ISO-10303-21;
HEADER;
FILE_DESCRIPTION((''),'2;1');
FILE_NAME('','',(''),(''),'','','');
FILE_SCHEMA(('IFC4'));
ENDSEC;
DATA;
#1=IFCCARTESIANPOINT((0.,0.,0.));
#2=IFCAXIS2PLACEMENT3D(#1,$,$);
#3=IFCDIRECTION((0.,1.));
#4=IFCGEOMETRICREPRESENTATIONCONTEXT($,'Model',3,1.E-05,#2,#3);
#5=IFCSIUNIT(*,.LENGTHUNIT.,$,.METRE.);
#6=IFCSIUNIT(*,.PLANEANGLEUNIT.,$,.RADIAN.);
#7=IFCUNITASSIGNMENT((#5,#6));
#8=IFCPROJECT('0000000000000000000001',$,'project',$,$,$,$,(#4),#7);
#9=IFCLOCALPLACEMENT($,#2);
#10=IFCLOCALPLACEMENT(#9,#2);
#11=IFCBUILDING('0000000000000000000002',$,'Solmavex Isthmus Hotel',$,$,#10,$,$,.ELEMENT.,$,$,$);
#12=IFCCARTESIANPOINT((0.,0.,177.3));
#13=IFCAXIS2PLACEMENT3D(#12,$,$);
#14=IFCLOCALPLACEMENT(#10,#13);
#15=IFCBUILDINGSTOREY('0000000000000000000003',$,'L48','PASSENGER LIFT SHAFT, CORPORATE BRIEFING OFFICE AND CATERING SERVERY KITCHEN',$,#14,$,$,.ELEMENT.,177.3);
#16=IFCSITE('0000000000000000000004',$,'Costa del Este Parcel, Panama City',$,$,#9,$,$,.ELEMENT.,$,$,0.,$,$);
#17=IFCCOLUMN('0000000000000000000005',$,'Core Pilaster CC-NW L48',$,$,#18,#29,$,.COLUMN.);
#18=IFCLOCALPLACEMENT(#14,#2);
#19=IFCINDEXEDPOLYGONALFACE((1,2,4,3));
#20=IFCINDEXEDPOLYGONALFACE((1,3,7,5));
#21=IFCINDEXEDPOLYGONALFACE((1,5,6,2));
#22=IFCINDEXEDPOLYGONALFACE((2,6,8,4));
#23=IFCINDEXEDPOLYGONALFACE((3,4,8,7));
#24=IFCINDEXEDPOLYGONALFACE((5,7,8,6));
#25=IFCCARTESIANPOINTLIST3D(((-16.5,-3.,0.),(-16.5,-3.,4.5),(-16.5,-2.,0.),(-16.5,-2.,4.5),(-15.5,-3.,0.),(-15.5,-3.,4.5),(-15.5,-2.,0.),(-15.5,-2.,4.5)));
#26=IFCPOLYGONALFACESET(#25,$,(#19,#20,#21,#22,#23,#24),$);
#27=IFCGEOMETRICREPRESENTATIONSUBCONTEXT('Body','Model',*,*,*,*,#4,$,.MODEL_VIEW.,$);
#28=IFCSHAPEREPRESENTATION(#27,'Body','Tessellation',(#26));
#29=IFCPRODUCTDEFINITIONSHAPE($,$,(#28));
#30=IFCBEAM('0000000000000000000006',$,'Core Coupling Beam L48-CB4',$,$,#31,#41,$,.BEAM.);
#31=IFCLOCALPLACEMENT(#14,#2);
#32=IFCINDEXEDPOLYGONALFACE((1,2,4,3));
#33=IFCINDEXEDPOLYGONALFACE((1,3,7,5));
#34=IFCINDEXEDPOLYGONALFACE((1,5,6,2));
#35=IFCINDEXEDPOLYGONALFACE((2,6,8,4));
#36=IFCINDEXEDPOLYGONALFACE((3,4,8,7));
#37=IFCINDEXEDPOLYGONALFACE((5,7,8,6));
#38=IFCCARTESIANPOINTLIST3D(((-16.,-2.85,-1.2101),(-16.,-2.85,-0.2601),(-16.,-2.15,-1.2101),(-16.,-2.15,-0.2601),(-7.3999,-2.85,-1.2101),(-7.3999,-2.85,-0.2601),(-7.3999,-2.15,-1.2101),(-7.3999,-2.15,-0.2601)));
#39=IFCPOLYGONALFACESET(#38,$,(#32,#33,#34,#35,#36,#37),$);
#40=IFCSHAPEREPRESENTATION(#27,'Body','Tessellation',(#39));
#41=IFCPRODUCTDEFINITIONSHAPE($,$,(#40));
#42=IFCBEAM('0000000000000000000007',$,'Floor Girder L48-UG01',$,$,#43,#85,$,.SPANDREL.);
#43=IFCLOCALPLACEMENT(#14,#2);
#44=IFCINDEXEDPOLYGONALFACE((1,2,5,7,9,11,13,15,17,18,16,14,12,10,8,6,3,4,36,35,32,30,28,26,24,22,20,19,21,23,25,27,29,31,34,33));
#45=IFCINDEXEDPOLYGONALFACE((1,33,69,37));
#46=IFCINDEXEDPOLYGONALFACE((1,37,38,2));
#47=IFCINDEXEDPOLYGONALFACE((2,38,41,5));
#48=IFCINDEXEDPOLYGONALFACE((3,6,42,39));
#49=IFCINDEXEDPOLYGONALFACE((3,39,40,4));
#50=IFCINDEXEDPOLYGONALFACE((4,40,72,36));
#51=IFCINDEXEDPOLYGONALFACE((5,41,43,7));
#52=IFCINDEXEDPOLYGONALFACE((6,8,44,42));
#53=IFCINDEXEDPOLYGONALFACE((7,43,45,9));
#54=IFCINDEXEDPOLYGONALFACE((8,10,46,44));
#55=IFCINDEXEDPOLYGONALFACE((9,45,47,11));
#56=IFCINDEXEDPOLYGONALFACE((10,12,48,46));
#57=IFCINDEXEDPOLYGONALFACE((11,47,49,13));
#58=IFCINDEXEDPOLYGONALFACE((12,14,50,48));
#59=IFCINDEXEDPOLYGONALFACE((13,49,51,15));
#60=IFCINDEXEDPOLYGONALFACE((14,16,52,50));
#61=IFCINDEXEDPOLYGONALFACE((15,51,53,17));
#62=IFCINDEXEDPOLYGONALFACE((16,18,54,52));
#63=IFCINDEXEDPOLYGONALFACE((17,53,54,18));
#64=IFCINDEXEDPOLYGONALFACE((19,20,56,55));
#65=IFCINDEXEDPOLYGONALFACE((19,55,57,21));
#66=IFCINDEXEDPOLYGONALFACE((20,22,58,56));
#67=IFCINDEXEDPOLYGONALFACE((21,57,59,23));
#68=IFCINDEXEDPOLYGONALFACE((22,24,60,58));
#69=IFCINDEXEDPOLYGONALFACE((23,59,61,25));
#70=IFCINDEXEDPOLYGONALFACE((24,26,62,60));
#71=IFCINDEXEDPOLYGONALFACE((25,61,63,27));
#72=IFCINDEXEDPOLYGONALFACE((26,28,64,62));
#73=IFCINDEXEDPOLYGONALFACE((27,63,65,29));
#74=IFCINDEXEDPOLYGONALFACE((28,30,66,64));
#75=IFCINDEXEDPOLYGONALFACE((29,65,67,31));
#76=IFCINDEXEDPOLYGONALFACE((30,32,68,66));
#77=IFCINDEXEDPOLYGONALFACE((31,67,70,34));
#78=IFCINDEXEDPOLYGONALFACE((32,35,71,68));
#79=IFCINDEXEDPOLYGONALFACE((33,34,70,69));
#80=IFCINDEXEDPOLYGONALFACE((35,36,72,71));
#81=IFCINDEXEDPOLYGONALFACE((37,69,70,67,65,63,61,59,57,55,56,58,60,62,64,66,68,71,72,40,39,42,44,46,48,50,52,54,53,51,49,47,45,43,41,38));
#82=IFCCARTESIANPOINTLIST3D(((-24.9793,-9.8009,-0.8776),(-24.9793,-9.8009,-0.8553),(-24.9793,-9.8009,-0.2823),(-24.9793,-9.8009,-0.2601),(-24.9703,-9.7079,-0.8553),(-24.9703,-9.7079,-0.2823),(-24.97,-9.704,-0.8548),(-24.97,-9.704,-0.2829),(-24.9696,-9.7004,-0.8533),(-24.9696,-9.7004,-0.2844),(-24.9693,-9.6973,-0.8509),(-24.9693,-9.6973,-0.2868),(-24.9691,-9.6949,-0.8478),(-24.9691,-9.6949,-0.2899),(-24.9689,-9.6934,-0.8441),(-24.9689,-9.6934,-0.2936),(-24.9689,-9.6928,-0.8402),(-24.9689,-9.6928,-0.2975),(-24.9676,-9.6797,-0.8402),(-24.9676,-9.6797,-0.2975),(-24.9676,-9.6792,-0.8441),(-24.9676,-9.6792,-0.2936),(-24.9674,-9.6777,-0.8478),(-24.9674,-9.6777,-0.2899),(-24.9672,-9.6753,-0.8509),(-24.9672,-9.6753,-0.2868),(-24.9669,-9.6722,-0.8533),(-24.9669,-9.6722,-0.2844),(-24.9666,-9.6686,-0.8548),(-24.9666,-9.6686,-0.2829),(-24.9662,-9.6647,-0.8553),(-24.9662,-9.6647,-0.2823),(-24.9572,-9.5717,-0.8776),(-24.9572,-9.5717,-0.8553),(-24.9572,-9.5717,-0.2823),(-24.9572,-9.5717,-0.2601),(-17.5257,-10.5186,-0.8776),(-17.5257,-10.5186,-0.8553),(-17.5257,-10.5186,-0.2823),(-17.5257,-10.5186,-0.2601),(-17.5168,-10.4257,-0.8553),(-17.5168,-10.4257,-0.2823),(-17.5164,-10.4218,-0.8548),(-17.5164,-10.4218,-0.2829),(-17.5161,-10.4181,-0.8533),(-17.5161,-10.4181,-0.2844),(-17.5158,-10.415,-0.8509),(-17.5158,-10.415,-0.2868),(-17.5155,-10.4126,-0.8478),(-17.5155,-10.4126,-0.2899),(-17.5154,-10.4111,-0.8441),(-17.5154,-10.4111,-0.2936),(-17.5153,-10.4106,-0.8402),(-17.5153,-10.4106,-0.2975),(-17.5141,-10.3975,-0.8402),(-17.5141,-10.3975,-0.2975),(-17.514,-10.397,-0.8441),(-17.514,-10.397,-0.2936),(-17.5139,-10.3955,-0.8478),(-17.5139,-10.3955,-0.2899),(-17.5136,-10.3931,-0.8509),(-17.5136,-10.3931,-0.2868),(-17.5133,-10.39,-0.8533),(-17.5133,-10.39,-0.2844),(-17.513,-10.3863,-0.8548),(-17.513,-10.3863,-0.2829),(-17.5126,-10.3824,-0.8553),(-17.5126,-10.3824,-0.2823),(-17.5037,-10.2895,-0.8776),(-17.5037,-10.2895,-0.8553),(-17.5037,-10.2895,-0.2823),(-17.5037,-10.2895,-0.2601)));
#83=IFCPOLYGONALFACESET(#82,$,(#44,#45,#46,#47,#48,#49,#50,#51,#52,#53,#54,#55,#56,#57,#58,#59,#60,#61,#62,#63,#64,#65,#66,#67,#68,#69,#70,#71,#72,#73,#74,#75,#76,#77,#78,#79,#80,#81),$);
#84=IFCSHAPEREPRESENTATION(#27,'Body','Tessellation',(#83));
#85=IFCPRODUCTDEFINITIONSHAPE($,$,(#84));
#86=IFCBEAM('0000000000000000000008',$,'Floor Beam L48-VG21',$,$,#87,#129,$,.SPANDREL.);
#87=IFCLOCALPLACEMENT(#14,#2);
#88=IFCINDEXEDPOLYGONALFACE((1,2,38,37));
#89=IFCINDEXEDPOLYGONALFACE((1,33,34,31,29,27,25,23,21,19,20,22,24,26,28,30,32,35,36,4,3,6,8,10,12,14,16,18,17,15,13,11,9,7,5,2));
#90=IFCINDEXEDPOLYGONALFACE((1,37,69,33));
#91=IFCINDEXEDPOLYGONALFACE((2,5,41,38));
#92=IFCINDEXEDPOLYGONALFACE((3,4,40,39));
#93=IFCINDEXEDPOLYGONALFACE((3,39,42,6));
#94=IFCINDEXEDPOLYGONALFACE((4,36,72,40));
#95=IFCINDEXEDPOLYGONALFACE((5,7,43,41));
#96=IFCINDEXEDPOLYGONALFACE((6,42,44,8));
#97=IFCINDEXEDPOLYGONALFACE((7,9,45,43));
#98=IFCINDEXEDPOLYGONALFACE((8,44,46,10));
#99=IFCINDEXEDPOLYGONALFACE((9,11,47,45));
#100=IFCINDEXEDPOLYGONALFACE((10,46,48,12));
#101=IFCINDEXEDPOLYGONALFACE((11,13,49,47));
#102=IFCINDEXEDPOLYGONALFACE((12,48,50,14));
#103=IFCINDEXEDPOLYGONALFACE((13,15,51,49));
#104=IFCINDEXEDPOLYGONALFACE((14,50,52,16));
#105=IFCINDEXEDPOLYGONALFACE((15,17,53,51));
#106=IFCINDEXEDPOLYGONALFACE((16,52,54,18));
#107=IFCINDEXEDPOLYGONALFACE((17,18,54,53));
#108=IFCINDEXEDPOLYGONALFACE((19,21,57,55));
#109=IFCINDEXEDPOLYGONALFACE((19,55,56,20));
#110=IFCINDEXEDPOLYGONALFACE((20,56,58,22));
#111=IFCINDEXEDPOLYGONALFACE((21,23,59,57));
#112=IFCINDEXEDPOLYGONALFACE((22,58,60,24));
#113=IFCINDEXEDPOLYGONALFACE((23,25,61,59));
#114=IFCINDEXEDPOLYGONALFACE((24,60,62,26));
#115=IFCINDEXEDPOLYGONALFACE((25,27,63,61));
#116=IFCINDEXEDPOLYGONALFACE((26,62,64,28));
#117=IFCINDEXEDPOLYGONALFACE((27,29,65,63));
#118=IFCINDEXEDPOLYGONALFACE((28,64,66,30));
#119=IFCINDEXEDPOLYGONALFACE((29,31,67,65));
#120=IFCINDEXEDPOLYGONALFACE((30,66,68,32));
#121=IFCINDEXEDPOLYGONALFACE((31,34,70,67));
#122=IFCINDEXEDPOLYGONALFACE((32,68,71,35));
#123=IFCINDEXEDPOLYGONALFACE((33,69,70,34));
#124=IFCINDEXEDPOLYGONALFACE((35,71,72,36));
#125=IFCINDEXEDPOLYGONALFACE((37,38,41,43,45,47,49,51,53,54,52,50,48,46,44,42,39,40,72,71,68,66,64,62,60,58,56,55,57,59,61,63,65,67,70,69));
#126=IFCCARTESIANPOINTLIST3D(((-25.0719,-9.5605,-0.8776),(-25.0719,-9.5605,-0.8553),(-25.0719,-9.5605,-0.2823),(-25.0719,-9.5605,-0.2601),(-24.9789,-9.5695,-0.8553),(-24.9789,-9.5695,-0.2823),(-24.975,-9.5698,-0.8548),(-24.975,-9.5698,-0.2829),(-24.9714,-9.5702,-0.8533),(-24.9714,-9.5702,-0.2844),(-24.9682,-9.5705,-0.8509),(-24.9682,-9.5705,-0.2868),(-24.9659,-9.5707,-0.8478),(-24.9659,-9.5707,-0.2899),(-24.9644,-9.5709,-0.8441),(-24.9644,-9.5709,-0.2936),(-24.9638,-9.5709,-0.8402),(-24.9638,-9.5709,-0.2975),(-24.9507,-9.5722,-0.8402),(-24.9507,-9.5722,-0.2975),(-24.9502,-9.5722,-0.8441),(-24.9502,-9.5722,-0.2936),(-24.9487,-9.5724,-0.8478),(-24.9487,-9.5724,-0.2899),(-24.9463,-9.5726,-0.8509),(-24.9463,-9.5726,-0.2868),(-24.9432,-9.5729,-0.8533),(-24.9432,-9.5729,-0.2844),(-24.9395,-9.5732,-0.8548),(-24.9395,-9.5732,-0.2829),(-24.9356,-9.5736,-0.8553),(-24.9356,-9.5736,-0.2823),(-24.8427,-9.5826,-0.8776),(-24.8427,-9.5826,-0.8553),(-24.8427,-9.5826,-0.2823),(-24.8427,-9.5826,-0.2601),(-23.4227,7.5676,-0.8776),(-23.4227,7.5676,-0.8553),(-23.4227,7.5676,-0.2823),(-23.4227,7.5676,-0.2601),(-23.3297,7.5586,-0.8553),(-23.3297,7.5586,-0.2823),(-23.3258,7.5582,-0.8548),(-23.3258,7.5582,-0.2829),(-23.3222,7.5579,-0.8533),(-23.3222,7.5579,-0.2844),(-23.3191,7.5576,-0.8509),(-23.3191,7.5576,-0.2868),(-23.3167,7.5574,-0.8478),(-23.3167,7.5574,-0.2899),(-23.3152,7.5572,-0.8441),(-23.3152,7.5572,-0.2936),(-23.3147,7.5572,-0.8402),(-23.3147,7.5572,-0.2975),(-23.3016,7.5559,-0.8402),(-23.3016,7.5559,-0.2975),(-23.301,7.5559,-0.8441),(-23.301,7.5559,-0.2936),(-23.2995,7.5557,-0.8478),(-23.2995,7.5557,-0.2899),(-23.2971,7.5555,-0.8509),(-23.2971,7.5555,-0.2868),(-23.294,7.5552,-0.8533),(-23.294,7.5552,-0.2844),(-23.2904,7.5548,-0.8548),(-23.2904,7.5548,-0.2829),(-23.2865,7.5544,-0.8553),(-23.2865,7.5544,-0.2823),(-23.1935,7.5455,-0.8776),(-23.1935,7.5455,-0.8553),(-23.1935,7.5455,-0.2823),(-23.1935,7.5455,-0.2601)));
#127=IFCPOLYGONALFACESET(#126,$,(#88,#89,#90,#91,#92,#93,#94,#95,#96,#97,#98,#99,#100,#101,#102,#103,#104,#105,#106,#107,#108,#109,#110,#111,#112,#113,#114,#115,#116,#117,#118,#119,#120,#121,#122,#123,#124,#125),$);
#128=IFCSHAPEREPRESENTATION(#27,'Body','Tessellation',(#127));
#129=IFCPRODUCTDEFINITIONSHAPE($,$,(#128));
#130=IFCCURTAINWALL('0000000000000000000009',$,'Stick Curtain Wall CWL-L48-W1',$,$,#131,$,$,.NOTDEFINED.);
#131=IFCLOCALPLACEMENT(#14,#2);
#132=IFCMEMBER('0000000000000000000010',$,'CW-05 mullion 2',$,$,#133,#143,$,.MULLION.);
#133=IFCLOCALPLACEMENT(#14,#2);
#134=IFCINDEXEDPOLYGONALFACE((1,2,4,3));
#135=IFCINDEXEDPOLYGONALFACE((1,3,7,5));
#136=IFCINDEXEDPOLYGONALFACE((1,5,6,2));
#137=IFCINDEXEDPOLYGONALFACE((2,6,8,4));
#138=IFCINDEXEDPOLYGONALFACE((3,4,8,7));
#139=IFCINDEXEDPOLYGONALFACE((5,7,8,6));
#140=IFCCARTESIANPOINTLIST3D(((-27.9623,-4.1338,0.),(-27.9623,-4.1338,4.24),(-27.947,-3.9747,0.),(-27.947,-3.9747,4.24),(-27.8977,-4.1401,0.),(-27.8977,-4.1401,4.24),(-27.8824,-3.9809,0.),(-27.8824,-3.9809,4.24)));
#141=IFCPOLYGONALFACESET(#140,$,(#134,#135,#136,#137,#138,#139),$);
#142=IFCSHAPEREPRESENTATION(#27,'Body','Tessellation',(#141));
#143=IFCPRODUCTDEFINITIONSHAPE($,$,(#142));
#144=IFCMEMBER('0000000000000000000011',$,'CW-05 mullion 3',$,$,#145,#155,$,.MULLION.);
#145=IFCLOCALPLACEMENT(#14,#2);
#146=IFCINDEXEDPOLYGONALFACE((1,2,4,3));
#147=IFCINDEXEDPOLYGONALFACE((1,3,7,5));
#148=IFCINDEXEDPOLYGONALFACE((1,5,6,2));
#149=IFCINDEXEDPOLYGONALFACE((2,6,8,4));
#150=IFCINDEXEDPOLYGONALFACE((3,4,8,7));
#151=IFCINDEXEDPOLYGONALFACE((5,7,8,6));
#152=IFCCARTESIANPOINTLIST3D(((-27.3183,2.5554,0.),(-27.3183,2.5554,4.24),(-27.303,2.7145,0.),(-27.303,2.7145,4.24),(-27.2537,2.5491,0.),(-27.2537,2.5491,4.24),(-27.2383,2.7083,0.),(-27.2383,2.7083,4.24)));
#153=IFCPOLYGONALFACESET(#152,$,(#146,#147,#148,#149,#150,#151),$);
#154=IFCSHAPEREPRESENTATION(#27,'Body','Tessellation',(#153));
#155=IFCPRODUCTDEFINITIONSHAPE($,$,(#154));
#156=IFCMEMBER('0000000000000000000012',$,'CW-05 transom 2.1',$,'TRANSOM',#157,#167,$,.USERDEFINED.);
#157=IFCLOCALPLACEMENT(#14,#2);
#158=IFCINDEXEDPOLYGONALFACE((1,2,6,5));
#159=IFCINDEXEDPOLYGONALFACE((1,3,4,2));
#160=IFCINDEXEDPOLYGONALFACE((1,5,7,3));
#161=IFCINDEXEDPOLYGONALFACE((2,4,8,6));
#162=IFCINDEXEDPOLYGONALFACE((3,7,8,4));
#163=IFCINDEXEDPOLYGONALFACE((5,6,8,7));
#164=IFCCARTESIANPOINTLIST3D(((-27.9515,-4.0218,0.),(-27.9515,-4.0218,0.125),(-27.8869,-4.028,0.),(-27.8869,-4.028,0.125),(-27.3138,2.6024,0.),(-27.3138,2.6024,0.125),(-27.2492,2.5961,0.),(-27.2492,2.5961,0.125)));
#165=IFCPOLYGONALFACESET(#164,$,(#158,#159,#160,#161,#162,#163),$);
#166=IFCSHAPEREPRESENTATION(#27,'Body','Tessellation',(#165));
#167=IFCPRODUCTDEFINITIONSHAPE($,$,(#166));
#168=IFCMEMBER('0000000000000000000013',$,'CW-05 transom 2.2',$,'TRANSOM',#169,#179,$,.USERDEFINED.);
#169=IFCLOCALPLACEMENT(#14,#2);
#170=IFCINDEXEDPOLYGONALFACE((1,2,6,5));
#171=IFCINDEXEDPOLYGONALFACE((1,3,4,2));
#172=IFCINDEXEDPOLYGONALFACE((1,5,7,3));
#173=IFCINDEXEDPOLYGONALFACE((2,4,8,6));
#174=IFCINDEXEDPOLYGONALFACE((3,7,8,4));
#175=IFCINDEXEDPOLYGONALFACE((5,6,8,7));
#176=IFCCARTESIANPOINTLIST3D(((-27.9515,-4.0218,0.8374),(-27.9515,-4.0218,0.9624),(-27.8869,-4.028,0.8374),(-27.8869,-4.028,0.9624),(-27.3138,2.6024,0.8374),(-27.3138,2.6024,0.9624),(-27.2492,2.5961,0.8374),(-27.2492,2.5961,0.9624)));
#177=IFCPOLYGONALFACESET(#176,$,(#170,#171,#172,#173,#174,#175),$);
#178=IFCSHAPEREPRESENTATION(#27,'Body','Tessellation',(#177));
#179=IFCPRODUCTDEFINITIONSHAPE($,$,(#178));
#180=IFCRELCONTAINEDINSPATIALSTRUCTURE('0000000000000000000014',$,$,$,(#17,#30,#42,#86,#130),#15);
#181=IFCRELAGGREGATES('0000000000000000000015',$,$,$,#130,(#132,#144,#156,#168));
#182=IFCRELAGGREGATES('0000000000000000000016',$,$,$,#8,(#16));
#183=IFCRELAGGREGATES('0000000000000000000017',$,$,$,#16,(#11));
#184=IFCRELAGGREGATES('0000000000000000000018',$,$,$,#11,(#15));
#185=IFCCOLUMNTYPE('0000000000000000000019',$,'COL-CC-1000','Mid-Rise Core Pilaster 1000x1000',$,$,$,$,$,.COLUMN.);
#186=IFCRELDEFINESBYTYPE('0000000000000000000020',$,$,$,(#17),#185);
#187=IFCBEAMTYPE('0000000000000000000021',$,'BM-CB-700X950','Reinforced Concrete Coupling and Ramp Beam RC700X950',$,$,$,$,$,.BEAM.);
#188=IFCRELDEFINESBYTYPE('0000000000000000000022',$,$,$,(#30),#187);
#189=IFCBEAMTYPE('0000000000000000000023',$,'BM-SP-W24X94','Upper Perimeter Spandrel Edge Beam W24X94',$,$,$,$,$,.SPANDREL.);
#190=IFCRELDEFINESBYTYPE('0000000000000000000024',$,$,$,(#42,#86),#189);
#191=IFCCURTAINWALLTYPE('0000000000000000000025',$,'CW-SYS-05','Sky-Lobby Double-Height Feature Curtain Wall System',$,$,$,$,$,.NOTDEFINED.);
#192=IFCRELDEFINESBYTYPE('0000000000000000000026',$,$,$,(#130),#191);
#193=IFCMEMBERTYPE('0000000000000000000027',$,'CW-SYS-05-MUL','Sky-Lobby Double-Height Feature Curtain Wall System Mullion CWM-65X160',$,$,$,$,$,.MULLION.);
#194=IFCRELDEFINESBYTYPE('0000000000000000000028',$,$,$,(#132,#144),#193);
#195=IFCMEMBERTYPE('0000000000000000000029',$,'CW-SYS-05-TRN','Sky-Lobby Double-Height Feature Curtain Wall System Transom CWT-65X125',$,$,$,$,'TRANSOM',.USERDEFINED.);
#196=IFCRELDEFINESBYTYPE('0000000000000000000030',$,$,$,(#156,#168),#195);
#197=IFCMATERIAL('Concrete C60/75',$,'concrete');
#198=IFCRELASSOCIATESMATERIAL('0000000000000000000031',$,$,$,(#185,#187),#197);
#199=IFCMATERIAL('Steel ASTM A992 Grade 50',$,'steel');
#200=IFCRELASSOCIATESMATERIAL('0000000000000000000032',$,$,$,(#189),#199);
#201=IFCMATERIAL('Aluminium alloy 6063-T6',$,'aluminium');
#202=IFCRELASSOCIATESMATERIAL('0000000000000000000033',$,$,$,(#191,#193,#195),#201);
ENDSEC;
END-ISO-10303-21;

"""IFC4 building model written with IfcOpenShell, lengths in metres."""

from ifc_helpers import new_model, si_unit, direction, frame, origin, origin_2d, place, context, subcontext, project, spatial, rectangle, i_section, extrude, material, material_profile, profile_set, type_object, element, aggregate, save


model = new_model("IFC4")

# Units and contexts
model_context = context("Model", 3, precision=1e-05, world=origin(), true_north=direction((0.0, 1.0)))
body_context = subcontext(model_context, "Body", "Model", "MODEL_VIEW")
ifc_project = project(units=[si_unit("LENGTHUNIT", "METRE"), si_unit("PLANEANGLEUNIT", "RADIAN")], contexts=[model_context])

# Site, building, storey
site_placement = place(None, origin())
site = spatial("IfcSite", under=ifc_project, at=site_placement, Name="Costa del Este Parcel, Panama City", CompositionType="ELEMENT", RefElevation=0.0)
building_placement = place(site_placement, origin())
building = spatial("IfcBuilding", under=site, at=building_placement, Name="Solmavex Isthmus Hotel", CompositionType="ELEMENT")
storey_placement = place(building_placement, frame((0.0, 0.0, 177.3)))
storey = spatial("IfcBuildingStorey", under=building, at=storey_placement, Name="L48", Description="PASSENGER LIFT SHAFT, CORPORATE BRIEFING OFFICE AND CATERING SERVERY KITCHEN", CompositionType="ELEMENT", Elevation=177.3)

# Column
ifc_material_1 = material(Name="Concrete C60/75", Category="concrete")
ifc_material_profile_1 = material_profile(ifc_material_1, rectangle(XDim=1.0, YDim=1.0, at=origin_2d()), Name="RC1000X1000")
ifc_profile_set_1 = profile_set([ifc_material_profile_1], Name="Concrete C60/75")
column_type = type_object("IfcColumnType", Name="COL-CC-1000", Description="Mid-Rise Core Pilaster 1000x1000", PredefinedType="COLUMN", material=ifc_profile_set_1)
column_placement = place(storey_placement, frame((-16.0, -2.5, 0.0), z_axis=(0.0, 0.0, 1.0), x_axis=(1.0, 0.0, 0.0)))
element("IfcColumn", 1, at=column_placement, inside=storey, type_object=column_type, Name="Core Pilaster CC-NW L48", PredefinedType="COLUMN", context=body_context, shape_type="SweptSolid", body=[
    extrude(rectangle(XDim=1.0, YDim=1.0, at=origin_2d()), origin(), (0.0, 0.0, 1.0), 4.5),
])

# Beams
ifc_material_profile_2 = material_profile(ifc_material_1, rectangle(XDim=0.7, YDim=0.95, at=origin_2d()), Name="RC700X950")
ifc_profile_set_2 = profile_set([ifc_material_profile_2], Name="Concrete C60/75")
beam_type_1 = type_object("IfcBeamType", Name="BM-CB-700X950", Description="Reinforced Concrete Coupling and Ramp Beam RC700X950", PredefinedType="BEAM", material=ifc_profile_set_2)
beam_1_placement = place(storey_placement, frame((-16.0, -2.5, -0.7351), z_axis=(1.0, 0.0, 0.0), x_axis=(0.0, 1.0, 0.0)))
element("IfcBeam", 2, at=beam_1_placement, inside=storey, type_object=beam_type_1, Name="Core Coupling Beam L48-CB4", PredefinedType="BEAM", context=body_context, shape_type="SweptSolid", body=[
    extrude(rectangle(XDim=0.7, YDim=0.95, at=origin_2d()), origin(), (0.0, 0.0, 1.0), 8.6001),
])
ifc_material_2 = material(Name="Steel ASTM A992 Grade 50", Category="steel")
ifc_material_profile_3 = material_profile(ifc_material_2, i_section(OverallWidth=0.2302, OverallDepth=0.6174, WebThickness=0.0132, FlangeThickness=0.0222, FilletRadius=0.0151, at=origin_2d()), Name="W24X94")
ifc_profile_set_3 = profile_set([ifc_material_profile_3], Name="Steel ASTM A992 Grade 50")
beam_type_2 = type_object("IfcBeamType", Name="BM-SP-W24X94", Description="Upper Perimeter Spandrel Edge Beam W24X94", PredefinedType="SPANDREL", material=ifc_profile_set_3)
beam_2_placement = place(storey_placement, frame((-24.9683, -9.6863, -0.5688), z_axis=(0.995395, -0.095855, 0.0), x_axis=(0.095855, 0.995395, 0.0)))
element("IfcBeam", 3, at=beam_2_placement, inside=storey, type_object=beam_type_2, Name="Floor Girder L48-UG01", PredefinedType="SPANDREL", context=body_context, shape_type="SweptSolid", body=[
    extrude(i_section(OverallWidth=0.2302, OverallDepth=0.6174, WebThickness=0.0132, FlangeThickness=0.0222, FilletRadius=0.0151, at=origin_2d()), origin(), (0.0, 0.0, 1.0), 7.488),
])
beam_3_placement = place(storey_placement, frame((-24.9573, -9.5715, -0.5688), z_axis=(0.095841, 0.995397, 0.0), x_axis=(-0.995397, 0.095841, 0.0)))
element("IfcBeam", 4, at=beam_3_placement, inside=storey, type_object=beam_type_2, Name="Floor Beam L48-VG21", PredefinedType="SPANDREL", context=body_context, shape_type="SweptSolid", body=[
    extrude(i_section(OverallWidth=0.2302, OverallDepth=0.6174, WebThickness=0.0132, FlangeThickness=0.0222, FilletRadius=0.0151, at=origin_2d()), origin(), (0.0, 0.0, 1.0), 17.2073),
])

# Curtain wall, members
ifc_material_3 = material(Name="Aluminium alloy 6063-T6", Category="aluminium")
curtain_wall_type = type_object("IfcCurtainWallType", Name="CW-SYS-05", Description="Sky-Lobby Double-Height Feature Curtain Wall System", PredefinedType="NOTDEFINED", material=ifc_material_3)
curtain_wall_placement = place(storey_placement, origin())
curtain_wall = element("IfcCurtainWall", 5, at=curtain_wall_placement, inside=storey, type_object=curtain_wall_type, Name="Stick Curtain Wall CWL-L48-W1", PredefinedType="NOTDEFINED")
ifc_material_profile_4 = material_profile(ifc_material_3, rectangle(XDim=0.0649, YDim=0.1599, at=origin_2d()), Name="CWM-65X160")
ifc_profile_set_4 = profile_set([ifc_material_profile_4], Name="Aluminium alloy 6063-T6")
member_type_1 = type_object("IfcMemberType", Name="CW-SYS-05-MUL", Description="Sky-Lobby Double-Height Feature Curtain Wall System Mullion CWM-65X160", PredefinedType="MULLION", material=ifc_profile_set_4)
member_1_placement = place(storey_placement, frame((-27.9224, -4.0574, 0.0), z_axis=(0.0, 0.0, 1.0), x_axis=(-0.995396, 0.095846, 0.0)))
member_1 = element("IfcMember", 6, at=member_1_placement, type_object=member_type_1, Name="CW-05 mullion 2", PredefinedType="MULLION", context=body_context, shape_type="SweptSolid", body=[
    extrude(rectangle(XDim=0.0649, YDim=0.1599, at=origin_2d()), origin(), (0.0, 0.0, 1.0), 4.24),
])
member_2_placement = place(storey_placement, frame((-27.2783, 2.6318, 0.0), z_axis=(0.0, 0.0, 1.0), x_axis=(-0.995396, 0.095846, 0.0)))
member_2 = element("IfcMember", 7, at=member_2_placement, type_object=member_type_1, Name="CW-05 mullion 3", PredefinedType="MULLION", context=body_context, shape_type="SweptSolid", body=[
    extrude(rectangle(XDim=0.0649, YDim=0.1599, at=origin_2d()), origin(), (0.0, 0.0, 1.0), 4.24),
])
ifc_material_profile_5 = material_profile(ifc_material_3, rectangle(XDim=0.0649, YDim=0.125, at=origin_2d()), Name="CWT-65X125")
ifc_profile_set_5 = profile_set([ifc_material_profile_5], Name="Aluminium alloy 6063-T6")
member_type_2 = type_object("IfcMemberType", Name="CW-SYS-05-TRN", Description="Sky-Lobby Double-Height Feature Curtain Wall System Transom CWT-65X125", ElementType="TRANSOM", PredefinedType="USERDEFINED", material=ifc_profile_set_5)
member_3_placement = place(storey_placement, frame((-27.9192, -4.0249, 0.0625), z_axis=(0.095824, 0.995398, 0.0), x_axis=(-0.995398, 0.095824, 0.0)))
member_3 = element("IfcMember", 8, at=member_3_placement, type_object=member_type_2, Name="CW-05 transom 2.1", ObjectType="TRANSOM", PredefinedType="USERDEFINED", context=body_context, shape_type="SweptSolid", body=[
    extrude(rectangle(XDim=0.0649, YDim=0.125, at=origin_2d()), origin(), (0.0, 0.0, 1.0), 6.6548),
])
member_4_placement = place(storey_placement, frame((-27.9192, -4.0249, 0.8999), z_axis=(0.095824, 0.995398, 0.0), x_axis=(-0.995398, 0.095824, 0.0)))
member_4 = element("IfcMember", 9, at=member_4_placement, type_object=member_type_2, Name="CW-05 transom 2.2", ObjectType="TRANSOM", PredefinedType="USERDEFINED", context=body_context, shape_type="SweptSolid", body=[
    extrude(rectangle(XDim=0.0649, YDim=0.125, at=origin_2d()), origin(), (0.0, 0.0, 1.0), 6.6548),
])
aggregate(curtain_wall, [member_1, member_2, member_3, member_4])

save(model, "model.ifc")
